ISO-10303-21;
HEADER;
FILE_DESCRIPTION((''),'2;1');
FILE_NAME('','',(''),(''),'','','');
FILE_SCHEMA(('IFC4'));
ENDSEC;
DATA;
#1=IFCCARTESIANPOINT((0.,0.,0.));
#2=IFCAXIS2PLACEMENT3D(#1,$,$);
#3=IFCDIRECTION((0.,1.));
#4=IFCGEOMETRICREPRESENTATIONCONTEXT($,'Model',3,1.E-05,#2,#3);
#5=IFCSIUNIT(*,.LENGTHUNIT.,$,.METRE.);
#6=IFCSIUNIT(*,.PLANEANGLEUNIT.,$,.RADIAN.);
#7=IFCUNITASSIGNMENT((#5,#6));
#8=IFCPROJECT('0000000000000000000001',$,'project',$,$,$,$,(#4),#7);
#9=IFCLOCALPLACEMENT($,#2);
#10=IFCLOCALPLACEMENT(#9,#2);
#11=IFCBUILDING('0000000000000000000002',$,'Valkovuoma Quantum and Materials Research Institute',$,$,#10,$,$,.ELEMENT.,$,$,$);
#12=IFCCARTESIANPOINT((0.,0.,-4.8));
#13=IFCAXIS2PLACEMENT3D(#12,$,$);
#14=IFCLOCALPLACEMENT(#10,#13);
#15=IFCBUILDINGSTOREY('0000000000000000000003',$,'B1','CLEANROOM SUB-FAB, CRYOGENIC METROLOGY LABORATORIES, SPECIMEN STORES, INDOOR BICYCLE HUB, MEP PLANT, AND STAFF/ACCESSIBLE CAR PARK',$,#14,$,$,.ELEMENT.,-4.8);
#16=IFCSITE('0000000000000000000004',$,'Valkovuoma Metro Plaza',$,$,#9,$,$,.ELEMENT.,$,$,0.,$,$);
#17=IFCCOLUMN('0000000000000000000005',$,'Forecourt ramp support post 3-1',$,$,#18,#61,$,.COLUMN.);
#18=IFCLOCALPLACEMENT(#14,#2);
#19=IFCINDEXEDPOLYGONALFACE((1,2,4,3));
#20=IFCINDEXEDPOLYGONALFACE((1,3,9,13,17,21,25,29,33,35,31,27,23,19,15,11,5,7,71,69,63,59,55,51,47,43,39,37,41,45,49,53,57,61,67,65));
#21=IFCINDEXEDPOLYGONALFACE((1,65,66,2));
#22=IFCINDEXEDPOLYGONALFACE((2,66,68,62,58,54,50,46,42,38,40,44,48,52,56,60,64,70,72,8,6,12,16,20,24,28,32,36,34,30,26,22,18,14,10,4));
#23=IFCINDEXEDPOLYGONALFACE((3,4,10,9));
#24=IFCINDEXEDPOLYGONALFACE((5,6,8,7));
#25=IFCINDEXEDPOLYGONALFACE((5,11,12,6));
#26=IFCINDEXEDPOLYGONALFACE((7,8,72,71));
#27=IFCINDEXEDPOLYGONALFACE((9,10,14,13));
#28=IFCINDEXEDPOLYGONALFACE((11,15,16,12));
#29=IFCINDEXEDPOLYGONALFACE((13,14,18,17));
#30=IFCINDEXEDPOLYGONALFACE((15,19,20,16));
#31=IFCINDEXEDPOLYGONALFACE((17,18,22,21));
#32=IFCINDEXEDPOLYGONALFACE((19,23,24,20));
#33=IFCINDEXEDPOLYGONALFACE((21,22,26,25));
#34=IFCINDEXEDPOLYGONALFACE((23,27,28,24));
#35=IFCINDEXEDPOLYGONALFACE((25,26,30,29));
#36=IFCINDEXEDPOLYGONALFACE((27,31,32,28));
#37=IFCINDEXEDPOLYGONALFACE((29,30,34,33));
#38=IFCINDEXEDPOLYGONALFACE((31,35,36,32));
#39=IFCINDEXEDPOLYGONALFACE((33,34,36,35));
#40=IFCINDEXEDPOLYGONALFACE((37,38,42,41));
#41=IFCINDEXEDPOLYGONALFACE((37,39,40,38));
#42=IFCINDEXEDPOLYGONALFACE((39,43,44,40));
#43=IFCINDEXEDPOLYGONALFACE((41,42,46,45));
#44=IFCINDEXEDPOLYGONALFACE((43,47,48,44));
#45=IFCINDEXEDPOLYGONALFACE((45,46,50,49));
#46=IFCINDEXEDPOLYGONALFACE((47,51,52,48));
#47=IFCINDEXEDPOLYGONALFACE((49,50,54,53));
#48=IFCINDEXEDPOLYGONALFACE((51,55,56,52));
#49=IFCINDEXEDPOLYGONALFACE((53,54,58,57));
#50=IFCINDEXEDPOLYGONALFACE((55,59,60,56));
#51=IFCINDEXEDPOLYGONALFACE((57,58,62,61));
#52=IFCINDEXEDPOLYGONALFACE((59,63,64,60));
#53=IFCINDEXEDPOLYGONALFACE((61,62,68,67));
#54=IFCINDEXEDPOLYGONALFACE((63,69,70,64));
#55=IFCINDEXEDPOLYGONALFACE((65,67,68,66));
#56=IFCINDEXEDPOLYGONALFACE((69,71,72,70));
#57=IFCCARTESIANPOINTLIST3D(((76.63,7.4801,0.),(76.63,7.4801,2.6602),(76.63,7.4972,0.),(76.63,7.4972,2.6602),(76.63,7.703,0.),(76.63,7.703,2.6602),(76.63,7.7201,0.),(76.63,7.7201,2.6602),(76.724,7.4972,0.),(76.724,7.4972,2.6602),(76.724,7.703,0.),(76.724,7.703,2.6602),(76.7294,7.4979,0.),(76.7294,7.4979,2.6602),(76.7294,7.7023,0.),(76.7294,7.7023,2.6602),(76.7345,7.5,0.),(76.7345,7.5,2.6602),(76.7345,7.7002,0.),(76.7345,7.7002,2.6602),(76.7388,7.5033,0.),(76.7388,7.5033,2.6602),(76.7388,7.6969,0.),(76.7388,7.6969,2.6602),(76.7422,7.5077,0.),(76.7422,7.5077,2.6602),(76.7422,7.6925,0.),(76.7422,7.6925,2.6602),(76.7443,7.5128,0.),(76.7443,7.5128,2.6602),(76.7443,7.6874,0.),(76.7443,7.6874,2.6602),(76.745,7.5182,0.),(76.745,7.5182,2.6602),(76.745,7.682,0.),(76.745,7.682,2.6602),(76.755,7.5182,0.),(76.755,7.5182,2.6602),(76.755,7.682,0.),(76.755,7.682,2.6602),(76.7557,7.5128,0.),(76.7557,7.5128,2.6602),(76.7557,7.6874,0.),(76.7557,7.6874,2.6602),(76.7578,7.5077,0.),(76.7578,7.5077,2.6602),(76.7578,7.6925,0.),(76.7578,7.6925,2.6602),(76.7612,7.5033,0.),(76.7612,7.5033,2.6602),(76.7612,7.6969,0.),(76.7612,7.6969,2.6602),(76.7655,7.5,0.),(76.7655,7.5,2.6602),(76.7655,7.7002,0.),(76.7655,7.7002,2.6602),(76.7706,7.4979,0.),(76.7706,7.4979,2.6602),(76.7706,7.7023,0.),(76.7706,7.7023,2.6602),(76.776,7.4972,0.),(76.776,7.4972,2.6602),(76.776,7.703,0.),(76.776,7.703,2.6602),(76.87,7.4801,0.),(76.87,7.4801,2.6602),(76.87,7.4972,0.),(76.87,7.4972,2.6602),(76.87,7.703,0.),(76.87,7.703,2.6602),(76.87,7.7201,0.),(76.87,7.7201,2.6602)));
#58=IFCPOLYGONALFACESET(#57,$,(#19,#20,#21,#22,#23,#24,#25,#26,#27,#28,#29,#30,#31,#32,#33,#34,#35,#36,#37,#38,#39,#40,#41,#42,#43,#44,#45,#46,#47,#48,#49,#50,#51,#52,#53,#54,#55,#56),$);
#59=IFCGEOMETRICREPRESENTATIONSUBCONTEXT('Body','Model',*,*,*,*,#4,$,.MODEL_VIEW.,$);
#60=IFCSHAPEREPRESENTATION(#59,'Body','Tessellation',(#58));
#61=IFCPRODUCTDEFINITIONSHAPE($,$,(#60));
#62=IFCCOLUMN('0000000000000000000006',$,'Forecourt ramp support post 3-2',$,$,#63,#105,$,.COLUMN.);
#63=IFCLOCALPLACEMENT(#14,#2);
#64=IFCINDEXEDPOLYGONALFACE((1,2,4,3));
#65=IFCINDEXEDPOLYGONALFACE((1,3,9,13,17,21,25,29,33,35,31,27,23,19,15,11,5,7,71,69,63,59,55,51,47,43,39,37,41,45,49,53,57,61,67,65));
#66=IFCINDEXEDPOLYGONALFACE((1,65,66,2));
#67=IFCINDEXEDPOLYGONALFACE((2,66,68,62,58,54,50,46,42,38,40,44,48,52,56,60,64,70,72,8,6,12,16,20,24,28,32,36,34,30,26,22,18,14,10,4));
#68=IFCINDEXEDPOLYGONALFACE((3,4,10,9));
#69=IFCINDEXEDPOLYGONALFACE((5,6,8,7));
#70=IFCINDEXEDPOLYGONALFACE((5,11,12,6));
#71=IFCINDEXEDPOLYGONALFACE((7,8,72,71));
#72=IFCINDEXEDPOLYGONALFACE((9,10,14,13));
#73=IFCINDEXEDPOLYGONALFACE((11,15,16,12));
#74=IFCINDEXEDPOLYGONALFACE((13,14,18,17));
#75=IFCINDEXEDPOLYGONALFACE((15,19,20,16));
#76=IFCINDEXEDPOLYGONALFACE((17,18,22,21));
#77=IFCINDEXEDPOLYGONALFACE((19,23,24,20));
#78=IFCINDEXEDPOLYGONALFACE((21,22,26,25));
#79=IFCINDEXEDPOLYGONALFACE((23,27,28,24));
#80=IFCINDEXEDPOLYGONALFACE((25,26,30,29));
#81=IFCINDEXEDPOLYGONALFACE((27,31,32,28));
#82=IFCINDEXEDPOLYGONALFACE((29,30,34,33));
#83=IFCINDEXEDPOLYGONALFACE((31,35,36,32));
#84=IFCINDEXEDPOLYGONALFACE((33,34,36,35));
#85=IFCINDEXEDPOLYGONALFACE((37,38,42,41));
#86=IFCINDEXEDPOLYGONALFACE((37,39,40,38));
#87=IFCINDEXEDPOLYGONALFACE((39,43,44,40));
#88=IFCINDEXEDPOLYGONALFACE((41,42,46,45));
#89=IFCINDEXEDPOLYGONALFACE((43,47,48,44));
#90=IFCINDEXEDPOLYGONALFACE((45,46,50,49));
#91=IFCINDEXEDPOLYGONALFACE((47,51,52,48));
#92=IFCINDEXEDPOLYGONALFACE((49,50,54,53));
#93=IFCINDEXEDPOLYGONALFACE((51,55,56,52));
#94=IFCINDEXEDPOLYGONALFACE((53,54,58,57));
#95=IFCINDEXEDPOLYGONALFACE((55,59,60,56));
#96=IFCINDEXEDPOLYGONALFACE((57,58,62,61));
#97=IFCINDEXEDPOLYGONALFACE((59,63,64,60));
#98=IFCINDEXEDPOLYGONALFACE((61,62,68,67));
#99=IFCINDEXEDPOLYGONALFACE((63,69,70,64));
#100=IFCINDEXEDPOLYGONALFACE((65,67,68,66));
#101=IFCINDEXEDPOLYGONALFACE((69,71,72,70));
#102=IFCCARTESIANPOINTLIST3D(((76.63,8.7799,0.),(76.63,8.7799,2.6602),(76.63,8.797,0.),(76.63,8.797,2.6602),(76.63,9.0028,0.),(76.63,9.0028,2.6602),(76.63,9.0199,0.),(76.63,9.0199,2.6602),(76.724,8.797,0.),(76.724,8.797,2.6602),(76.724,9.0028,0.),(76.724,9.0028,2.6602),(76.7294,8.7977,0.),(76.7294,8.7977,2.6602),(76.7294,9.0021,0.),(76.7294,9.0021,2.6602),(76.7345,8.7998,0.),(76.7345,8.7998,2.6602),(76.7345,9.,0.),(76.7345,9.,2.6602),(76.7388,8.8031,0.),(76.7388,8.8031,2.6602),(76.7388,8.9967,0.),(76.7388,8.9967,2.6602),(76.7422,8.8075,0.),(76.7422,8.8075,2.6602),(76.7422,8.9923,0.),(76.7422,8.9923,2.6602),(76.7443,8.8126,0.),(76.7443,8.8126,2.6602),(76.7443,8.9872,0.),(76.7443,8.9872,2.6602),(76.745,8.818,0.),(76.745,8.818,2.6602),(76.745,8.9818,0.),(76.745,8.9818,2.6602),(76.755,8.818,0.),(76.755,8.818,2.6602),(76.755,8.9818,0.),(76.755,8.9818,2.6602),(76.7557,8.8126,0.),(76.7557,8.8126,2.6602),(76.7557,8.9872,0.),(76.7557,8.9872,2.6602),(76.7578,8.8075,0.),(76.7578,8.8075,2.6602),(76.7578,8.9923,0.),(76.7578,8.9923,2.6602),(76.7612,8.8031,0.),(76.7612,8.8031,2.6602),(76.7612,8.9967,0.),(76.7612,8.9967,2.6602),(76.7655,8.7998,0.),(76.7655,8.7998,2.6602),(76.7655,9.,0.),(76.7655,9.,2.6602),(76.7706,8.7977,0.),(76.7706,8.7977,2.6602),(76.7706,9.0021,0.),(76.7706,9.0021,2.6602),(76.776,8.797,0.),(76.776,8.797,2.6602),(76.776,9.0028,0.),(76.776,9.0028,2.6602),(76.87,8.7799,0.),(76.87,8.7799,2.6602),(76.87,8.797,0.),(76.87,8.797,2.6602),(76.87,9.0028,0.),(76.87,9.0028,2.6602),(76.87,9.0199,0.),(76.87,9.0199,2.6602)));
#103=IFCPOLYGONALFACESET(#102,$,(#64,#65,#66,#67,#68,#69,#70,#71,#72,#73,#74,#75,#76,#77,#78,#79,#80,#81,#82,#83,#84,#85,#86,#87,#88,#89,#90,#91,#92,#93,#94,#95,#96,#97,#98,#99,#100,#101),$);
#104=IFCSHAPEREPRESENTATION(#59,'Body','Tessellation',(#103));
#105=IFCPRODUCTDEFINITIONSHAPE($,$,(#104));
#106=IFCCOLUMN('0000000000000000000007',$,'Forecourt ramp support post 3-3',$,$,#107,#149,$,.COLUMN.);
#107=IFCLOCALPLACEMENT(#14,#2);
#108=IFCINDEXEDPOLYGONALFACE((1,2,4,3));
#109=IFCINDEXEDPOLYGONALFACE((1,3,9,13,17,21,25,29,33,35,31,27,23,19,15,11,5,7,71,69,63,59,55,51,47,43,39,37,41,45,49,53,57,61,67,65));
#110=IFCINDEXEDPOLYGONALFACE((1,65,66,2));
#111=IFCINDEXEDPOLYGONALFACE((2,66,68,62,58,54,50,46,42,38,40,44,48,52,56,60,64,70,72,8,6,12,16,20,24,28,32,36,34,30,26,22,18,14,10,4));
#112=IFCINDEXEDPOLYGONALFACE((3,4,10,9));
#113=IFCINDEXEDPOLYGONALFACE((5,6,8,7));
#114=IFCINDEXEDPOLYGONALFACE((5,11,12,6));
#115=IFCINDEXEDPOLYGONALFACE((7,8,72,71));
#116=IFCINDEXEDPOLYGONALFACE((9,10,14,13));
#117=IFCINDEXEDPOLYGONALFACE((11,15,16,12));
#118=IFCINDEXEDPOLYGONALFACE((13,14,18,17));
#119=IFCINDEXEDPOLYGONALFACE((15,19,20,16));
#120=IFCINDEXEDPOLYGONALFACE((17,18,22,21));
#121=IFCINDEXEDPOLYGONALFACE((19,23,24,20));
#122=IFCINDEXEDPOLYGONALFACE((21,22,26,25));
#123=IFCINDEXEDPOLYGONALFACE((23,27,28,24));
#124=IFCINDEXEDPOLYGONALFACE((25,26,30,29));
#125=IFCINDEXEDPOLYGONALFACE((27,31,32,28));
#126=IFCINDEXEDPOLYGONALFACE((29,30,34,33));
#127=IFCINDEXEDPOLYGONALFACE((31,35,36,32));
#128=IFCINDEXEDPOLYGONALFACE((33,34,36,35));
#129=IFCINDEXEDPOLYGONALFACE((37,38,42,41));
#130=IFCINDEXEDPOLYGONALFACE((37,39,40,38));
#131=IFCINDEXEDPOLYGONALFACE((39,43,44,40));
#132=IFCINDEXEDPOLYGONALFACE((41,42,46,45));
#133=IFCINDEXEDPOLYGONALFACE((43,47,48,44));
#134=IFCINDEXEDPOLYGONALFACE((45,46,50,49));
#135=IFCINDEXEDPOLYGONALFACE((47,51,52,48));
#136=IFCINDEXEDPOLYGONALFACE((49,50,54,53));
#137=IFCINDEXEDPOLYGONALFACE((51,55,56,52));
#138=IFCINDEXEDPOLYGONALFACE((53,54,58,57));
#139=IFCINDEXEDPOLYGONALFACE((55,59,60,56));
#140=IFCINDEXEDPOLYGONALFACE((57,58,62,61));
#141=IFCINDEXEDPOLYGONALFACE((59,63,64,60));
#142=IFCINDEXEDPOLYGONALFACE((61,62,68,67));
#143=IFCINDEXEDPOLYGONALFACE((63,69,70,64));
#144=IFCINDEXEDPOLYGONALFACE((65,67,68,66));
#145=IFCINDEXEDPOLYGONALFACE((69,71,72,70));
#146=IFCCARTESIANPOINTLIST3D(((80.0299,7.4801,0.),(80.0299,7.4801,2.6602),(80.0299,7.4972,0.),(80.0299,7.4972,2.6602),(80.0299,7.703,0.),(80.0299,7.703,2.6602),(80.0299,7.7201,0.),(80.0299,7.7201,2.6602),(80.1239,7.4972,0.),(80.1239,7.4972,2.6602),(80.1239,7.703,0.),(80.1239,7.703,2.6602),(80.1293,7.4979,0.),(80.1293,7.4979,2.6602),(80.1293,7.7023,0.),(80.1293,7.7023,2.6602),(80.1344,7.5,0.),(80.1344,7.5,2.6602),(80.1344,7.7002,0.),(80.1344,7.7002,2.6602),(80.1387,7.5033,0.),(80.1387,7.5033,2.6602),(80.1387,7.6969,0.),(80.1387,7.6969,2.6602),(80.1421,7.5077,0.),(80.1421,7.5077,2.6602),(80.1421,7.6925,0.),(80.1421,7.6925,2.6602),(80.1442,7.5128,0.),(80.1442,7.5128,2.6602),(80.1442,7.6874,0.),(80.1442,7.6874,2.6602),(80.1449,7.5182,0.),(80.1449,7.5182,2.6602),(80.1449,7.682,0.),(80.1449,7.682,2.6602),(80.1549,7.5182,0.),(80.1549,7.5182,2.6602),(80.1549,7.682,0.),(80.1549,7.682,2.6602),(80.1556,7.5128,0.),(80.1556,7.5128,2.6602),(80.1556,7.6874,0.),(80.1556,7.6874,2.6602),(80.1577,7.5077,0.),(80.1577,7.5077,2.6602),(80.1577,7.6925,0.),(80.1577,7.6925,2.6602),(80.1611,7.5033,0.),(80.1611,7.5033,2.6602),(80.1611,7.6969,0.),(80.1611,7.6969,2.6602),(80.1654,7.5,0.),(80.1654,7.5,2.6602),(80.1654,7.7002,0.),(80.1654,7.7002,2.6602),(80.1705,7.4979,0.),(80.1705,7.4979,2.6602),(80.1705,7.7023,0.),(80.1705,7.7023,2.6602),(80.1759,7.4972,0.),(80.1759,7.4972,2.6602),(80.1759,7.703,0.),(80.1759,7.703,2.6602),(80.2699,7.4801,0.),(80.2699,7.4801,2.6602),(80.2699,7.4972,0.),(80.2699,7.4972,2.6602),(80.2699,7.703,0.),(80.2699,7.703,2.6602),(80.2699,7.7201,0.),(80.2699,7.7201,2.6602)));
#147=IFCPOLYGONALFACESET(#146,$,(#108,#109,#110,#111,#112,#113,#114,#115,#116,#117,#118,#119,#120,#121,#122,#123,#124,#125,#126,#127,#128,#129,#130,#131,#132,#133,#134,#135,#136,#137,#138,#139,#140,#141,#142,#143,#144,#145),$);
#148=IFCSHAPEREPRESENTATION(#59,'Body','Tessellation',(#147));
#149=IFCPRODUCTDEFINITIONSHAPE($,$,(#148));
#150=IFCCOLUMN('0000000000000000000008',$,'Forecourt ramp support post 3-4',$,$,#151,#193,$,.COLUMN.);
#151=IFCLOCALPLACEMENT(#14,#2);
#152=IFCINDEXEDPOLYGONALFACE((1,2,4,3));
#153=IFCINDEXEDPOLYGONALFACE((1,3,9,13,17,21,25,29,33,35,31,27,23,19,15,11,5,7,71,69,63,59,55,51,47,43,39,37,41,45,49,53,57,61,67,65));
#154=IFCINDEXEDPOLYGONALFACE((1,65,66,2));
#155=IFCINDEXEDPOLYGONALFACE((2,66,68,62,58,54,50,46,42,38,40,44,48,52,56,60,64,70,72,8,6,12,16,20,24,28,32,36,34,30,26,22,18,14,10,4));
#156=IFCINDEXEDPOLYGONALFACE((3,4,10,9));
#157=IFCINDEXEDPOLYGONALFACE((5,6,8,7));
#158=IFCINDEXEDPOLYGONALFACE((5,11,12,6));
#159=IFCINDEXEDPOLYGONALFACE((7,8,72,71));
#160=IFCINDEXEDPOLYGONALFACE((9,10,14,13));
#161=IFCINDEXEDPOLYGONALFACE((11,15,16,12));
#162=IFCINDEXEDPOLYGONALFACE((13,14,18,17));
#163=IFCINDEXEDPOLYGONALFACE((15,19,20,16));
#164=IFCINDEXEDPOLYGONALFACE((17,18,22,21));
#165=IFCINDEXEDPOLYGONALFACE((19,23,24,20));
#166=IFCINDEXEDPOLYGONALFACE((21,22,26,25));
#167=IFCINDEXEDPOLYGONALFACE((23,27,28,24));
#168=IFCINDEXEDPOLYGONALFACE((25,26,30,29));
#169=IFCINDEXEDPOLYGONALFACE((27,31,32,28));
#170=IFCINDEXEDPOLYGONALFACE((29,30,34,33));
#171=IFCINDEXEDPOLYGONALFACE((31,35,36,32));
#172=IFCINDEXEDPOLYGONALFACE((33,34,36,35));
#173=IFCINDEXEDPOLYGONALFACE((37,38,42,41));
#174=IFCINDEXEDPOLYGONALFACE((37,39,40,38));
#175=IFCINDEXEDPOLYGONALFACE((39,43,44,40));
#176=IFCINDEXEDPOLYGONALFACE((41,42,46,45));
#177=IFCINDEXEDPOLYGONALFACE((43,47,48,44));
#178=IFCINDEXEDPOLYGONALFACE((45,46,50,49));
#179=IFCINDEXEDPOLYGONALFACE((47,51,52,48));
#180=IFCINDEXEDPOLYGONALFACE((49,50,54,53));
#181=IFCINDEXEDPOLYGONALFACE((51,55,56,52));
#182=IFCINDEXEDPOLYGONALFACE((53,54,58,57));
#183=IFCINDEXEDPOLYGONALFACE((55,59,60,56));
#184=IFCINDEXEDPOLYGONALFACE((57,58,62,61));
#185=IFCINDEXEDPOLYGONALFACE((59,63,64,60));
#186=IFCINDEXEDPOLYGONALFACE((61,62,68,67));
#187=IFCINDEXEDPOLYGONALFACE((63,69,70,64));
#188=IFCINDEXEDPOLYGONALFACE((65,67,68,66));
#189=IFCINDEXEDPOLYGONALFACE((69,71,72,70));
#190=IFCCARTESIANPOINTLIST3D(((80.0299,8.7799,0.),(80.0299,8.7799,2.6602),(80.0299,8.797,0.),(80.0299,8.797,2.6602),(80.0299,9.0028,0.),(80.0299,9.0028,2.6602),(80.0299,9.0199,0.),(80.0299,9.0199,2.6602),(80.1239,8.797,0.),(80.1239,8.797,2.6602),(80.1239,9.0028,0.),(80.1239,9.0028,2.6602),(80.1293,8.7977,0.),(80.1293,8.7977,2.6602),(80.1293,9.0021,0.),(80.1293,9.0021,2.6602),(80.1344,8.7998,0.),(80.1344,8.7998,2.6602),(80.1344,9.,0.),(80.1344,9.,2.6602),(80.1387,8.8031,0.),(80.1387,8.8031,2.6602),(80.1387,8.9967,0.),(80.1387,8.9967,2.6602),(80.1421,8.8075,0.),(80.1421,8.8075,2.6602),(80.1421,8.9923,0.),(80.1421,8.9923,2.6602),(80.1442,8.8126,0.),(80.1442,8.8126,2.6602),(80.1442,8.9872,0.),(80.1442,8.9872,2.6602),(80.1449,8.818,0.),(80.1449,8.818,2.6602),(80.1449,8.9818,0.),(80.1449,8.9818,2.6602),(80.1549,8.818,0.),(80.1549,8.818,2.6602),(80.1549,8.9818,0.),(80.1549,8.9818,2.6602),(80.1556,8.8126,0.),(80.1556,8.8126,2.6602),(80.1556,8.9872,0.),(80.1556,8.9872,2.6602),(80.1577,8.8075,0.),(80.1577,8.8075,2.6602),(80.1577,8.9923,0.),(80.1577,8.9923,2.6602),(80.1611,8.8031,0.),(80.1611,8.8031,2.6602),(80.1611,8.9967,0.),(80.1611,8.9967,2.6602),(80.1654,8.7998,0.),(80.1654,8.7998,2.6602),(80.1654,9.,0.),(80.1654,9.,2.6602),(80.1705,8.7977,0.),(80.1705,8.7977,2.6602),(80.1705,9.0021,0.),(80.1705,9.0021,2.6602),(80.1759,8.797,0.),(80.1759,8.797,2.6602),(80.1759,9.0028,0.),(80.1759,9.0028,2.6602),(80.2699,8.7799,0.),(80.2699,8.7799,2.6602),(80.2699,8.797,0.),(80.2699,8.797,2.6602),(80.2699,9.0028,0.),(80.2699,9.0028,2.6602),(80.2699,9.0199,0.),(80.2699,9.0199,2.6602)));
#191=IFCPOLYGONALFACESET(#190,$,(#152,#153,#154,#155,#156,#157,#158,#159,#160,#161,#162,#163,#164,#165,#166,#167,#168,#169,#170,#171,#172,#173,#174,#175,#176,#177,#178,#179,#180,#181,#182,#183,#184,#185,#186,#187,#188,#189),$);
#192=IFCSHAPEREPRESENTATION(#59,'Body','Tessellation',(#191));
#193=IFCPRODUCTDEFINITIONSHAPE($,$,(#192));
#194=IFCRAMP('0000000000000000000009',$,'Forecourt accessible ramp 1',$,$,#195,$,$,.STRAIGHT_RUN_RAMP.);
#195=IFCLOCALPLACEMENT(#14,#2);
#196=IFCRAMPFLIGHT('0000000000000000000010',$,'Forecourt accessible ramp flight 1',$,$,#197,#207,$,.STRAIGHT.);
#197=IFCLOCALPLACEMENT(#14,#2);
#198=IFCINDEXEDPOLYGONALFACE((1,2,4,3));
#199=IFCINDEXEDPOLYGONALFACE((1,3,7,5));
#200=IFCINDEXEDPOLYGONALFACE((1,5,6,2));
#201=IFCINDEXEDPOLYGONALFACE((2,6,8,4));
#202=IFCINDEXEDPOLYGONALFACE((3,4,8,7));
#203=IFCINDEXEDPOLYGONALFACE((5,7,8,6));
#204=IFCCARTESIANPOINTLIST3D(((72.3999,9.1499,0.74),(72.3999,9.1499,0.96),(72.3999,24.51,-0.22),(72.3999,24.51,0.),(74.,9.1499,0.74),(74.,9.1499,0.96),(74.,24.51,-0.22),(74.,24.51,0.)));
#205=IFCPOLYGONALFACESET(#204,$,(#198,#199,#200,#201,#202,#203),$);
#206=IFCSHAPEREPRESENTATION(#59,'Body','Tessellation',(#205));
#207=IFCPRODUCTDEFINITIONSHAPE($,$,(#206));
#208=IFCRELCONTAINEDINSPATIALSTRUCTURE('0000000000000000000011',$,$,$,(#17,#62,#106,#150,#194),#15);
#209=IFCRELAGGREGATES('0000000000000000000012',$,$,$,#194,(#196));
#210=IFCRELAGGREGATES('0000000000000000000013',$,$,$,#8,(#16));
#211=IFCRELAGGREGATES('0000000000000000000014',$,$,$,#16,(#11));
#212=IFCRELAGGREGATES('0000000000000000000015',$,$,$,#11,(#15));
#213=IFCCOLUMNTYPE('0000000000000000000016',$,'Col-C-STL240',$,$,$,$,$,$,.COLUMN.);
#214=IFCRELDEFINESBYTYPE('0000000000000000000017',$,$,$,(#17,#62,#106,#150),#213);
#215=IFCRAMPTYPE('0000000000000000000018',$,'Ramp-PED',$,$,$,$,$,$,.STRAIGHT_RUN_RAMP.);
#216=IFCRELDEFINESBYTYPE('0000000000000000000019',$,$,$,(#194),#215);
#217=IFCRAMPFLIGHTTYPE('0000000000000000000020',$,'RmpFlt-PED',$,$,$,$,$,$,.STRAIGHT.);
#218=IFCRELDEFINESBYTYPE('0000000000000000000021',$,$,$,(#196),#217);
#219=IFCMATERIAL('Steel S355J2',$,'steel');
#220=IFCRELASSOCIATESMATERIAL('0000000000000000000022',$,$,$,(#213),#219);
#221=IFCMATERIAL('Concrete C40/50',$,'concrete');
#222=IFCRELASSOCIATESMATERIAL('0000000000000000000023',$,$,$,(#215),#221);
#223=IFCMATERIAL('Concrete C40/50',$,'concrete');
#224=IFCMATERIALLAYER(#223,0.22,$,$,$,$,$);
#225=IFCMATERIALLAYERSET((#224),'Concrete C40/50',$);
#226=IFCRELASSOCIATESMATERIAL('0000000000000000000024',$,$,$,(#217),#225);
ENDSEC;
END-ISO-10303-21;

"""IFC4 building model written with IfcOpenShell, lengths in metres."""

from ifc_helpers import new_model, si_unit, direction, frame, origin, origin_2d, place, context, subcontext, project, spatial, polyline, i_section, outline, extrude, material, layer, layer_set, material_profile, profile_set, type_object, element, aggregate, save


model = new_model("IFC4")

# Units and contexts
model_context = context("Model", 3, precision=1e-05, world=origin(), true_north=direction((0.0, 1.0)))
body_context = subcontext(model_context, "Body", "Model", "MODEL_VIEW")
ifc_project = project(units=[si_unit("LENGTHUNIT", "METRE"), si_unit("PLANEANGLEUNIT", "RADIAN")], contexts=[model_context])

# Site, building, storey
site_placement = place(None, origin())
site = spatial("IfcSite", under=ifc_project, at=site_placement, Name="Valkovuoma Metro Plaza", CompositionType="ELEMENT", RefElevation=0.0)
building_placement = place(site_placement, origin())
building = spatial("IfcBuilding", under=site, at=building_placement, Name="Valkovuoma Quantum and Materials Research Institute", CompositionType="ELEMENT")
storey_placement = place(building_placement, frame((0.0, 0.0, -4.8)))
storey = spatial("IfcBuildingStorey", under=building, at=storey_placement, Name="B1", Description="CLEANROOM SUB-FAB, CRYOGENIC METROLOGY LABORATORIES, SPECIMEN STORES, INDOOR BICYCLE HUB, MEP PLANT, AND STAFF/ACCESSIBLE CAR PARK", CompositionType="ELEMENT", Elevation=-4.8)

# Columns
ifc_material_1 = material(Name="Steel S355J2", Category="steel")
ifc_material_profile_1 = material_profile(ifc_material_1, i_section(OverallWidth=0.24, OverallDepth=0.24, WebThickness=0.01, FlangeThickness=0.0171, FilletRadius=0.021, at=origin_2d()), Name="Steel S355J2")
ifc_profile_set_1 = profile_set([ifc_material_profile_1], Name="Steel S355J2")
column_type_1 = type_object("IfcColumnType", Name="Col-C-STL240", PredefinedType="COLUMN", material=ifc_profile_set_1)
for number, where, z_axis, x_axis, name in (
    (1, (76.75, 7.6001, 0.0), (0.0, 0.0, 1.0), (1.0, 0.0, 0.0), "Forecourt ramp support post 3-1"),
    (2, (76.75, 8.8999, 0.0), (0.0, 0.0, 1.0), (1.0, 0.0, 0.0), "Forecourt ramp support post 3-2"),
    (3, (80.1499, 7.6001, 0.0), (0.0, 0.0, 1.0), (1.0, 0.0, 0.0), "Forecourt ramp support post 3-3"),
    (4, (80.1499, 8.8999, 0.0), (0.0, 0.0, 1.0), (1.0, 0.0, 0.0), "Forecourt ramp support post 3-4"),
):
    element("IfcColumn", number, at=place(storey_placement, frame(where, z_axis=z_axis, x_axis=x_axis)), inside=storey, type_object=column_type_1, Name=name, PredefinedType="COLUMN", context=body_context, shape_type="SweptSolid", body=[
        extrude(i_section(OverallWidth=0.24, OverallDepth=0.24, WebThickness=0.01, FlangeThickness=0.0171, FilletRadius=0.021, at=origin_2d()), origin(), (0.0, 0.0, 1.0), 2.6602),
    ])

# Ramp, ramp flight
ifc_material_2 = material(Name="Concrete C40/50", Category="concrete")
ramp_type = type_object("IfcRampType", Name="Ramp-PED", PredefinedType="STRAIGHT_RUN_RAMP", material=ifc_material_2)
ramp_1_placement = place(storey_placement, origin())
ramp_1 = element("IfcRamp", 5, at=ramp_1_placement, inside=storey, type_object=ramp_type, Name="Forecourt accessible ramp 1", PredefinedType="STRAIGHT_RUN_RAMP")
ifc_material_3 = material(Name="Concrete C40/50", Category="concrete")
ifc_layer = layer(ifc_material_3, 0.22)
ifc_layer_set = layer_set([ifc_layer], Name="Concrete C40/50")
ramp_flight_type = type_object("IfcRampFlightType", Name="RmpFlt-PED", PredefinedType="STRAIGHT", material=ifc_layer_set)
ramp_flight_1_placement = place(storey_placement, frame((73.2, 24.51, 0.0), z_axis=(0.0, 0.0, 1.0), x_axis=(0.0, -1.0, 0.0)))
ramp_flight_1 = element("IfcRampFlight", 6, at=ramp_flight_1_placement, type_object=ramp_flight_type, Name="Forecourt accessible ramp flight 1", PredefinedType="STRAIGHT", context=body_context, shape_type="SweptSolid", body=[
    extrude(outline(polyline([(0.0, 0.0), (15.3601, 0.96), (15.3601, 0.74), (0.0, -0.22), (0.0, 0.0)])), frame((0.0, 0.8, 0.0), z_axis=(0.0, -1.0, 0.0), x_axis=(1.0, 0.0, 0.0)), (0.0, 0.0, 1.0), 1.6001),
])
aggregate(ramp_1, [ramp_flight_1])

save(model, "model.ifc")
